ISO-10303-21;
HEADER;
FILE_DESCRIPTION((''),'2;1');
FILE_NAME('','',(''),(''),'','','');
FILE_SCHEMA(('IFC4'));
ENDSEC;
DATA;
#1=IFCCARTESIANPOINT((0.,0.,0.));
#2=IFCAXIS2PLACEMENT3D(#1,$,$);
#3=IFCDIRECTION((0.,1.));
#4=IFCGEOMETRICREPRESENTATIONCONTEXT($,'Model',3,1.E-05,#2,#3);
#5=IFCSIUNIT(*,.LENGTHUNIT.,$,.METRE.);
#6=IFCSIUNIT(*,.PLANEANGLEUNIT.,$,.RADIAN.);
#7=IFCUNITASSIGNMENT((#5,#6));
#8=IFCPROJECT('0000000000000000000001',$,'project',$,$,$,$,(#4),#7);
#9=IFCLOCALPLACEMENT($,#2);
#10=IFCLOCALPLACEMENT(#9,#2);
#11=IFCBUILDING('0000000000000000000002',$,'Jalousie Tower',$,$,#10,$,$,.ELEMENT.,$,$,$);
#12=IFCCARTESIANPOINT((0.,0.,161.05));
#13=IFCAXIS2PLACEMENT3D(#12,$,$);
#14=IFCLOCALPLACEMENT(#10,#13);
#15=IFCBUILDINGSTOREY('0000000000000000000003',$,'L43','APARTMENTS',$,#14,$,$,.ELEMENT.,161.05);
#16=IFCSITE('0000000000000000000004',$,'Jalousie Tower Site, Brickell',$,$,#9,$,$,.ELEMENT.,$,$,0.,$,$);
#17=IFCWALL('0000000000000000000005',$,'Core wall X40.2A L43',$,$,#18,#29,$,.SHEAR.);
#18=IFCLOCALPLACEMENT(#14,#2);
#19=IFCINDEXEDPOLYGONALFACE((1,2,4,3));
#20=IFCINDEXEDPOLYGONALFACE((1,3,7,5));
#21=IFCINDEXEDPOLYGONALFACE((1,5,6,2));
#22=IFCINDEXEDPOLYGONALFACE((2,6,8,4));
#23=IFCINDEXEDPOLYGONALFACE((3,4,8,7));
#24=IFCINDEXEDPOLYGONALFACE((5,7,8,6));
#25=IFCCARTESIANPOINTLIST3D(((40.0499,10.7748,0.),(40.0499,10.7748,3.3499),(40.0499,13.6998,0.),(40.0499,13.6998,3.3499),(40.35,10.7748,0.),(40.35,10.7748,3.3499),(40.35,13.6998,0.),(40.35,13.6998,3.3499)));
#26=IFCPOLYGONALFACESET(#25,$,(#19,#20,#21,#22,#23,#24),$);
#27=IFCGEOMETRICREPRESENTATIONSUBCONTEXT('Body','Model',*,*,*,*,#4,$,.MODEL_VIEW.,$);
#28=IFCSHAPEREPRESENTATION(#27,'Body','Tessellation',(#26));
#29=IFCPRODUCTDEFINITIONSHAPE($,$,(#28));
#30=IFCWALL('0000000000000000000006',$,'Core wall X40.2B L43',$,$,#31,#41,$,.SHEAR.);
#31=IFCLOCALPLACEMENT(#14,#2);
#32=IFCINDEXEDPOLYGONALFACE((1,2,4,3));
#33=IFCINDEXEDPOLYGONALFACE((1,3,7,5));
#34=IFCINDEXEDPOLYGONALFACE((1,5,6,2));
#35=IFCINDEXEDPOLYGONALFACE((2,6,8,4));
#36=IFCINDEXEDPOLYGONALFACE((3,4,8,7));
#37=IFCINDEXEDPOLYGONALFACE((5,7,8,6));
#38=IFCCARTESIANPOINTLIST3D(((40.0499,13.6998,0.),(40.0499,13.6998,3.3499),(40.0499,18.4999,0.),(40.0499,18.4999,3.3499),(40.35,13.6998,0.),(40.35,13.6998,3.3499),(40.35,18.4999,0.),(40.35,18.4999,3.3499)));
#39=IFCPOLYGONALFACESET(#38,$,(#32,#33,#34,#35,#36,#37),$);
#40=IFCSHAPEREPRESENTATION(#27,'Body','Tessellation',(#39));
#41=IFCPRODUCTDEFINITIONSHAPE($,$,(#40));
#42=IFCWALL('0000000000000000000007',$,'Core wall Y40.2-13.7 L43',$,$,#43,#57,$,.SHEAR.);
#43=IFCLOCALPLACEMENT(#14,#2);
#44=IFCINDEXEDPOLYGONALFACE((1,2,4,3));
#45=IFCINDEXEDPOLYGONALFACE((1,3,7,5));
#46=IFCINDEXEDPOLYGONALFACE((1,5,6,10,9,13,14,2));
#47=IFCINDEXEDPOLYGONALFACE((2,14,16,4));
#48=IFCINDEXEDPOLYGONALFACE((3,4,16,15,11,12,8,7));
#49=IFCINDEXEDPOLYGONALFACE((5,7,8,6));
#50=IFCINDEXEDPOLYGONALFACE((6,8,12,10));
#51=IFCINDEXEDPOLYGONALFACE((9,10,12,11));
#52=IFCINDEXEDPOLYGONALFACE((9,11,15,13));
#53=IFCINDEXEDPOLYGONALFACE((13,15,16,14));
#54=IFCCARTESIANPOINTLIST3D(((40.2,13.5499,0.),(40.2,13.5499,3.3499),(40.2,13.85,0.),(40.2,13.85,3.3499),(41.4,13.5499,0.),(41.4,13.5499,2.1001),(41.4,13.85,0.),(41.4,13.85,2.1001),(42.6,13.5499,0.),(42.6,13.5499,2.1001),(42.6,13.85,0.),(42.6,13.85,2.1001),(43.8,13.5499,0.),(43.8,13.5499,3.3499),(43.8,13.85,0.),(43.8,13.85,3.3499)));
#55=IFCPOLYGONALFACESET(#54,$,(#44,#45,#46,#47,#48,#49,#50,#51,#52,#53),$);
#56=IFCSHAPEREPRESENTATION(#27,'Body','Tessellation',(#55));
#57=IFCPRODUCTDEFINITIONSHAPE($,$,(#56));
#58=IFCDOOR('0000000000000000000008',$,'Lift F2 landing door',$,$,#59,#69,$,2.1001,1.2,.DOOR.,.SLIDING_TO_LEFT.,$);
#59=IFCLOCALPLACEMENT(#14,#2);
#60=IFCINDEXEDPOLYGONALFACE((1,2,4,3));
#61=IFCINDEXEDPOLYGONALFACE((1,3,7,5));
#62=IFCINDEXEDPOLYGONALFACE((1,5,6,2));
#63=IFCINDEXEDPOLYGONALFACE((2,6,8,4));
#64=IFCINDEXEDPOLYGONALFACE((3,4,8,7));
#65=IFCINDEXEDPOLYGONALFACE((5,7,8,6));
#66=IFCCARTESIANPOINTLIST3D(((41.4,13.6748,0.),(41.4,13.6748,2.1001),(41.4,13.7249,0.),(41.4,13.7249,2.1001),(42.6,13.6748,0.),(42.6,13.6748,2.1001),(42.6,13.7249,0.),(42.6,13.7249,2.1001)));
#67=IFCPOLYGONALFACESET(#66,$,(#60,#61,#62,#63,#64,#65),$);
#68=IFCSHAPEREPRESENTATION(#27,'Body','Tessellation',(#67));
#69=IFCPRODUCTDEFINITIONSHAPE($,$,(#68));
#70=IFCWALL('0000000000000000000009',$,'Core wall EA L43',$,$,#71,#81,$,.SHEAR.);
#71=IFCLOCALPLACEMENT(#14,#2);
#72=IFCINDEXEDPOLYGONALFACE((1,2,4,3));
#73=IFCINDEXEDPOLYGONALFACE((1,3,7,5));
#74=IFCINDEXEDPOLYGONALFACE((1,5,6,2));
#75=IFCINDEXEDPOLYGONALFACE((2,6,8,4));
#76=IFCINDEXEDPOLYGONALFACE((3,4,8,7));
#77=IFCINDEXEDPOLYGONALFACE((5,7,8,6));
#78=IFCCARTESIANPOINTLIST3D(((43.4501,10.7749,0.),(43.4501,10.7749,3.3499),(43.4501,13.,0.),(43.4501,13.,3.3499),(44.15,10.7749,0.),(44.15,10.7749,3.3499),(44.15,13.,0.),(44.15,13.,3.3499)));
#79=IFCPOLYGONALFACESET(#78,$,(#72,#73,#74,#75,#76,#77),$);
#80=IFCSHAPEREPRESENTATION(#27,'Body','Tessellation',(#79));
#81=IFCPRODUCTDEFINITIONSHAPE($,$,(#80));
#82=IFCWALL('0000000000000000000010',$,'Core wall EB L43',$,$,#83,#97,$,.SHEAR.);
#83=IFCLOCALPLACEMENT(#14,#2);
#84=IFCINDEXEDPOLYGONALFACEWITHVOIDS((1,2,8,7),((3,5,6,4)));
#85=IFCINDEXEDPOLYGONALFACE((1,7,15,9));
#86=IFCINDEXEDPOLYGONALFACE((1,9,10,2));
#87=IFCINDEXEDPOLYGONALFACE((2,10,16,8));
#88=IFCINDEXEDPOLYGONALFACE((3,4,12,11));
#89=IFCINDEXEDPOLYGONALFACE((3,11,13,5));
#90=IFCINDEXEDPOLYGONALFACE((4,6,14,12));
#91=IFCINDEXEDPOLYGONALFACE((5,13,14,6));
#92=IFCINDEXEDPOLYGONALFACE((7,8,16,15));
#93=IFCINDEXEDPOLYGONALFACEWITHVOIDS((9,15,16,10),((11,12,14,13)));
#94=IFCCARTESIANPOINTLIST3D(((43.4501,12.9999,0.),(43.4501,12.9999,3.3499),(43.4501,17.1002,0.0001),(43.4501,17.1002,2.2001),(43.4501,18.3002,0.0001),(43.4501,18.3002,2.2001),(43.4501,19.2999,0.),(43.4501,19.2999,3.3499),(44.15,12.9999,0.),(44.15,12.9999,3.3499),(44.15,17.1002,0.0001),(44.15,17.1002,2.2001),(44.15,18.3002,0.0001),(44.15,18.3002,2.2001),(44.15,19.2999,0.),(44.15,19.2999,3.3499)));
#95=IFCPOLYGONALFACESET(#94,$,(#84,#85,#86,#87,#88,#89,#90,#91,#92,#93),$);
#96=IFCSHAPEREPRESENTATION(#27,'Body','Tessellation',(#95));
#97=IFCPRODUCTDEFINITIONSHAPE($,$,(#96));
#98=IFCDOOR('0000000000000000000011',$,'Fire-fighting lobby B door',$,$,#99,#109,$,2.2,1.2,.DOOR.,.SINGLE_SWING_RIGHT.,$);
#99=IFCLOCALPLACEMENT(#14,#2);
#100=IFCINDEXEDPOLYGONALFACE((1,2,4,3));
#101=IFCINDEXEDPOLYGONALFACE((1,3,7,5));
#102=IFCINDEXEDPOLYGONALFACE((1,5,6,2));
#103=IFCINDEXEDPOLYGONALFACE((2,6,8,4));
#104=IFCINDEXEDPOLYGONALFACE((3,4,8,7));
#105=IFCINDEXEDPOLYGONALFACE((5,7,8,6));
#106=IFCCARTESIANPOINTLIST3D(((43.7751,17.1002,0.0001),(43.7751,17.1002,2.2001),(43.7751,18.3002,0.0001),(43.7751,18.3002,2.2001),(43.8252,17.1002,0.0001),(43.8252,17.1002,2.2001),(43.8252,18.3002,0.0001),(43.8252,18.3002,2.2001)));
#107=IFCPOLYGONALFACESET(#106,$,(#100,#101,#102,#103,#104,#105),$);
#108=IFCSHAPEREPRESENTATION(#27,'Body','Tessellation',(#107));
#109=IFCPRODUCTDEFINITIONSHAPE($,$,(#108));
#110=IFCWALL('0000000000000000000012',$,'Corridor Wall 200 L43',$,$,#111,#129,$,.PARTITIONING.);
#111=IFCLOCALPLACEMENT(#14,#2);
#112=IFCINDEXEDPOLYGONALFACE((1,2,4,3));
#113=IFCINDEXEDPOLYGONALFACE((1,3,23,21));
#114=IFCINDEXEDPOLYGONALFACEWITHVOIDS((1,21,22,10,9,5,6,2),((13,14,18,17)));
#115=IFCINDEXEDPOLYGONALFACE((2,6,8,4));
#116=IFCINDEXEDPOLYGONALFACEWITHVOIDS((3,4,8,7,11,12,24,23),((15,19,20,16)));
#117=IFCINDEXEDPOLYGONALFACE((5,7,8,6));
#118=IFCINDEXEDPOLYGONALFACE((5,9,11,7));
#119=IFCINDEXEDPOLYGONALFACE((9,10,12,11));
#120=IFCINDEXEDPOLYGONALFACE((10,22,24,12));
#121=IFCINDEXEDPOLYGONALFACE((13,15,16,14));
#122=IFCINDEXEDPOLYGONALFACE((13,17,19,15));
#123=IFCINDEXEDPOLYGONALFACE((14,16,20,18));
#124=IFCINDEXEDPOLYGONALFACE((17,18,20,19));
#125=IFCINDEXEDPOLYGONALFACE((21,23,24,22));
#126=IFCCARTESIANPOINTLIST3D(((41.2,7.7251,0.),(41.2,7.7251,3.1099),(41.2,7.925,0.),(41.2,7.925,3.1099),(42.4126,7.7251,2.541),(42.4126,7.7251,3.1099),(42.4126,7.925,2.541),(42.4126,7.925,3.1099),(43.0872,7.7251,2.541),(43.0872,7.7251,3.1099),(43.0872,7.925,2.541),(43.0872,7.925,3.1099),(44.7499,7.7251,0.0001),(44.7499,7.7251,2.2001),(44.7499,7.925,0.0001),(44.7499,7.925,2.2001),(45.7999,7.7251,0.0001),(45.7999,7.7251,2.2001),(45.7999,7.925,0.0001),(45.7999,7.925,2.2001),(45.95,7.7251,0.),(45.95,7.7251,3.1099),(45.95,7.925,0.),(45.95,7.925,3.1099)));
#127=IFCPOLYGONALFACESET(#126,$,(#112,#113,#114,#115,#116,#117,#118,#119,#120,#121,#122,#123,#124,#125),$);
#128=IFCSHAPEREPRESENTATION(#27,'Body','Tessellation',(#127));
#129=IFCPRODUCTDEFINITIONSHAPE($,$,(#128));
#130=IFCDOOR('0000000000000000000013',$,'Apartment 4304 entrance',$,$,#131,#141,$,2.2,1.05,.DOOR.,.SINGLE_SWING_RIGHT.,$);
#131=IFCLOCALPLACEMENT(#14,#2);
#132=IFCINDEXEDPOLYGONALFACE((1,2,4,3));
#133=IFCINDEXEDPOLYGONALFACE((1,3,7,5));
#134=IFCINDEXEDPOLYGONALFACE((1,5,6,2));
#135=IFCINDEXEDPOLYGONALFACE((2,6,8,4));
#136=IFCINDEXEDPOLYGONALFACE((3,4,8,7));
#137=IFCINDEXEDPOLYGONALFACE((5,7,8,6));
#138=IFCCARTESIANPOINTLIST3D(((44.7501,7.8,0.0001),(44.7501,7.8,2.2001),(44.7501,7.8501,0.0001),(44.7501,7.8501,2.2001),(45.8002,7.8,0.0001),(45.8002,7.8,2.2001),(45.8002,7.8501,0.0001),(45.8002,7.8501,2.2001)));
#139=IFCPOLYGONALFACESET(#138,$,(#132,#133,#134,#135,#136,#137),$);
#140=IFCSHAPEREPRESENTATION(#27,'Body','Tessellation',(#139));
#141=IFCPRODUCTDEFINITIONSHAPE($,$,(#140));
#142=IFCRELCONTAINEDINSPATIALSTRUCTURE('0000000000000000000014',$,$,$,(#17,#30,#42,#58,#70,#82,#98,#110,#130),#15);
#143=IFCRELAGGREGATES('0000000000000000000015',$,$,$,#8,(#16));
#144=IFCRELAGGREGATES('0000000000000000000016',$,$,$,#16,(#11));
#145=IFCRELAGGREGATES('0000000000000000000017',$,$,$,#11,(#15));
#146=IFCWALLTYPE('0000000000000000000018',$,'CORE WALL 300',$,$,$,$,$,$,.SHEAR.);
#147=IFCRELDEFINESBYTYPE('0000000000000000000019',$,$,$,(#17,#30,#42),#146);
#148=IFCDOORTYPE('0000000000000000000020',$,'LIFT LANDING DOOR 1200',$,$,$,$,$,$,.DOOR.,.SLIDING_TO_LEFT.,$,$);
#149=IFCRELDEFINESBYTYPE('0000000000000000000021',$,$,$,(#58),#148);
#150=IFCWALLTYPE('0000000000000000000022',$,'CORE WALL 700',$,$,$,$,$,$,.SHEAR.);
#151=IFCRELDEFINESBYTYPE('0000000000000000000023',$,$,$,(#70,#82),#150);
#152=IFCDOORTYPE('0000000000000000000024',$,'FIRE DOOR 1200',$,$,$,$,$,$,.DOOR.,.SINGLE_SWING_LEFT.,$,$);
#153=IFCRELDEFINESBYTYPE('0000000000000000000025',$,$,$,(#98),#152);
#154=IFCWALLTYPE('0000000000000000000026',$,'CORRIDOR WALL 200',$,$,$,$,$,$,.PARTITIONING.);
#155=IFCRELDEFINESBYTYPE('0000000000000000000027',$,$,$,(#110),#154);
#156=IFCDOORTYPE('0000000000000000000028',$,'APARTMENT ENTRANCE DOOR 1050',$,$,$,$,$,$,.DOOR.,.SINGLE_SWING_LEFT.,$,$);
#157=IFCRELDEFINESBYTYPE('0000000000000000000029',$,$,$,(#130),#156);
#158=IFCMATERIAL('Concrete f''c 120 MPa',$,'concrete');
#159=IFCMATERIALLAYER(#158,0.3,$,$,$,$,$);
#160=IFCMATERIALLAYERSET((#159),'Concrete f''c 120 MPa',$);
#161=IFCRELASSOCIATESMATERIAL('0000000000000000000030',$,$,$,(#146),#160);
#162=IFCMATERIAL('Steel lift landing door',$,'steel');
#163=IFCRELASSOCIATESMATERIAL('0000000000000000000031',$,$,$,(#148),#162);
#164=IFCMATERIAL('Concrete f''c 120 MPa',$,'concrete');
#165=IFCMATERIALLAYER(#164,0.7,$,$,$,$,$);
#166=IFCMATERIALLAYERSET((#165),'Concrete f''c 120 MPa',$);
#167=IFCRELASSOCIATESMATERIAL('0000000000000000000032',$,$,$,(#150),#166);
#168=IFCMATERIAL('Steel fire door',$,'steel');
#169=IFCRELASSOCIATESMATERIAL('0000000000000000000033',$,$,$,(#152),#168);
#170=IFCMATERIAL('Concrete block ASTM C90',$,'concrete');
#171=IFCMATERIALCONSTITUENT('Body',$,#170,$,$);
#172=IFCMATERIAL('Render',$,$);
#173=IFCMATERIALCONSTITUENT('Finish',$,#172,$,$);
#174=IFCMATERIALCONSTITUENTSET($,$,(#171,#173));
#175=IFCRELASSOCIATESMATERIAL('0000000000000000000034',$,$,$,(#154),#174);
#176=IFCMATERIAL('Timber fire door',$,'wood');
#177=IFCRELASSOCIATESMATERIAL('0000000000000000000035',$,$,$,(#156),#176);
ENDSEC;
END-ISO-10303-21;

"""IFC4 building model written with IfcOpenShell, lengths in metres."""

from ifc_helpers import new_model, si_unit, direction, frame, frame_2d, origin, place, context, subcontext, project, spatial, polyline, rectangle, outline, extrude, material, layer, layer_set, constituent, constituent_set, type_object, element, fill, save


model = new_model("IFC4")

# Units and contexts
model_context = context("Model", 3, precision=1e-05, world=origin(), true_north=direction((0.0, 1.0)))
body_context = subcontext(model_context, "Body", "Model", "MODEL_VIEW")
ifc_project = project(units=[si_unit("LENGTHUNIT", "METRE"), si_unit("PLANEANGLEUNIT", "RADIAN")], contexts=[model_context])

# Site, building, storey
site_placement = place(None, origin())
site = spatial("IfcSite", under=ifc_project, at=site_placement, Name="Jalousie Tower Site, Brickell", CompositionType="ELEMENT", RefElevation=0.0)
building_placement = place(site_placement, origin())
building = spatial("IfcBuilding", under=site, at=building_placement, Name="Jalousie Tower", CompositionType="ELEMENT")
storey_placement = place(building_placement, frame((0.0, 0.0, 161.05)))
storey = spatial("IfcBuildingStorey", under=building, at=storey_placement, Name="L43", Description="APARTMENTS", CompositionType="ELEMENT", Elevation=161.05)

# Walls
ifc_material_1 = material(Name="Concrete f'c 120 MPa", Category="concrete")
ifc_layer_1 = layer(ifc_material_1, 0.3)
ifc_layer_set_1 = layer_set([ifc_layer_1], Name="Concrete f'c 120 MPa")
wall_type_1 = type_object("IfcWallType", Name="CORE WALL 300", PredefinedType="SHEAR", material=ifc_layer_set_1)
wall_1_placement = place(storey_placement, frame((40.2, 10.7749, 0.0), z_axis=(0.0, 0.0, 1.0), x_axis=(0.0, 1.0, 0.0)))
element("IfcWall", 1, at=wall_1_placement, inside=storey, type_object=wall_type_1, Name="Core wall X40.2A L43", PredefinedType="SHEAR", context=body_context, shape_type="SweptSolid", body=[
    extrude(rectangle(XDim=2.925, YDim=0.3, at=frame_2d((1.4624, 0.0))), origin(), (0.0, 0.0, 1.0), 3.3499),
])
wall_2_placement = place(storey_placement, frame((40.2, 13.7, 0.0), z_axis=(0.0, 0.0, 1.0), x_axis=(0.0, 1.0, 0.0)))
element("IfcWall", 2, at=wall_2_placement, inside=storey, type_object=wall_type_1, Name="Core wall X40.2B L43", PredefinedType="SHEAR", context=body_context, shape_type="SweptSolid", body=[
    extrude(rectangle(XDim=4.8, YDim=0.3, at=frame_2d((2.3999, 0.0))), origin(), (0.0, 0.0, 1.0), 3.3499),
])

# Wall, opening, door
wall_3_placement = place(storey_placement, frame((40.2, 13.7, 0.0), z_axis=(0.0, 0.0, 1.0), x_axis=(1.0, 0.0, 0.0)))
wall_3 = element("IfcWall", 3, at=wall_3_placement, inside=storey, type_object=wall_type_1, Name="Core wall Y40.2-13.7 L43", PredefinedType="SHEAR", context=body_context, shape_type="SweptSolid", body=[
    extrude(rectangle(XDim=3.6001, YDim=0.3, at=frame_2d((1.8, 0.0))), origin(), (0.0, 0.0, 1.0), 3.3499),
])
opening_1_placement = place(wall_3_placement, frame((1.2, 0.0, 0.0)))
opening_1 = element("IfcOpeningElement", 4, at=opening_1_placement, cuts=wall_3, PredefinedType="OPENING", context=body_context, shape_type="SweptSolid", body=[
    extrude(rectangle(XDim=1.2, YDim=2.1001, at=frame_2d((0.6001, 1.05))), frame((0.0, 0.1599, 0.0), z_axis=(0.0, -1.0, 0.0), x_axis=(1.0, 0.0, 0.0)), (0.0, 0.0, 1.0), 0.3201),
])
ifc_material_2 = material(Name="Steel lift landing door", Category="steel")
door_type_1 = type_object("IfcDoorType", Name="LIFT LANDING DOOR 1200", OperationType="SLIDING_TO_LEFT", PredefinedType="DOOR", material=ifc_material_2)
door_1_placement = place(opening_1_placement, origin())
door_1 = element("IfcDoor", 5, at=door_1_placement, inside=storey, type_object=door_type_1, Name="Lift F2 landing door", OperationType="SLIDING_TO_LEFT", OverallHeight=2.1001, OverallWidth=1.2, PredefinedType="DOOR", context=body_context, shape_type="SweptSolid", body=[
    extrude(rectangle(XDim=1.2, YDim=2.1001, at=frame_2d((0.6001, 1.05))), frame((0.0, 0.0249, 0.0), z_axis=(0.0, -1.0, 0.0), x_axis=(1.0, 0.0, 0.0)), (0.0, 0.0, 1.0), 0.05),
])
fill(opening_1, door_1)

# Wall
ifc_material_3 = material(Name="Concrete f'c 120 MPa", Category="concrete")
ifc_layer_2 = layer(ifc_material_3, 0.7)
ifc_layer_set_2 = layer_set([ifc_layer_2], Name="Concrete f'c 120 MPa")
wall_type_2 = type_object("IfcWallType", Name="CORE WALL 700", PredefinedType="SHEAR", material=ifc_layer_set_2)
wall_4_placement = place(storey_placement, frame((43.8, 10.7749, 0.0), z_axis=(0.0, 0.0, 1.0), x_axis=(0.0, 1.0, 0.0)))
element("IfcWall", 6, at=wall_4_placement, inside=storey, type_object=wall_type_2, Name="Core wall EA L43", PredefinedType="SHEAR", context=body_context, shape_type="SweptSolid", body=[
    extrude(rectangle(XDim=2.2251, YDim=0.7, at=frame_2d((1.1125, 0.0))), origin(), (0.0, 0.0, 1.0), 3.3499),
])

# Walls, openings, doors
wall_5_placement = place(storey_placement, frame((43.8, 13.0, 0.0), z_axis=(0.0, 0.0, 1.0), x_axis=(0.0, 1.0, 0.0)))
wall_5 = element("IfcWall", 7, at=wall_5_placement, inside=storey, type_object=wall_type_2, Name="Core wall EB L43", PredefinedType="SHEAR", context=body_context, shape_type="SweptSolid", body=[
    extrude(rectangle(XDim=6.3, YDim=0.7, at=frame_2d((3.1499, 0.0))), origin(), (0.0, 0.0, 1.0), 3.3499),
])
opening_2_placement = place(wall_5_placement, frame((4.1001, 0.0, 0.0)))
opening_2 = element("IfcOpeningElement", 8, at=opening_2_placement, cuts=wall_5, PredefinedType="OPENING", context=body_context, shape_type="SweptSolid", body=[
    extrude(rectangle(XDim=1.2, YDim=2.2, at=frame_2d((0.6001, 1.1001))), frame((0.0, 0.3599, 0.0), z_axis=(0.0, -1.0, 0.0), x_axis=(1.0, 0.0, 0.0)), (0.0, 0.0, 1.0), 0.72),
])
ifc_material_4 = material(Name="Steel fire door", Category="steel")
door_type_2 = type_object("IfcDoorType", Name="FIRE DOOR 1200", OperationType="SINGLE_SWING_LEFT", PredefinedType="DOOR", material=ifc_material_4)
door_2_placement = place(opening_2_placement, origin())
door_2 = element("IfcDoor", 9, at=door_2_placement, inside=storey, type_object=door_type_2, Name="Fire-fighting lobby B door", OperationType="SINGLE_SWING_RIGHT", OverallHeight=2.2, OverallWidth=1.2, PredefinedType="DOOR", context=body_context, shape_type="SweptSolid", body=[
    extrude(rectangle(XDim=1.2, YDim=2.2, at=frame_2d((0.6001, 1.1001))), frame((0.0, 0.0249, 0.0), z_axis=(0.0, -1.0, 0.0), x_axis=(1.0, 0.0, 0.0)), (0.0, 0.0, 1.0), 0.05),
])
fill(opening_2, door_2)
ifc_material_5 = material(Name="Concrete block ASTM C90", Category="concrete")
ifc_constituent_1 = constituent(ifc_material_5, Name="Body")
ifc_material_6 = material(Name="Render")
ifc_constituent_2 = constituent(ifc_material_6, Name="Finish")
ifc_constituent_set_1 = constituent_set(constituents=[ifc_constituent_1, ifc_constituent_2])
wall_type_3 = type_object("IfcWallType", Name="CORRIDOR WALL 200", PredefinedType="PARTITIONING", material=ifc_constituent_set_1)
wall_6_placement = place(storey_placement, frame((41.2, 7.825, 0.0), z_axis=(0.0, 0.0, 1.0), x_axis=(1.0, 0.0, 0.0)))
wall_6 = element("IfcWall", 10, at=wall_6_placement, inside=storey, type_object=wall_type_3, Name="Corridor Wall 200 L43", PredefinedType="PARTITIONING", context=body_context, shape_type="SweptSolid", body=[
    extrude(outline(polyline([(0.0, 0.0), (4.75, 0.0), (4.75, 3.1099), (1.8872, 3.1099), (1.8872, 2.541), (1.2126, 2.541), (1.2126, 3.1099), (0.0, 3.1099), (0.0, 0.0)])), frame((0.0, 0.1001, 0.0), z_axis=(0.0, -1.0, 0.0), x_axis=(1.0, 0.0, 0.0)), (0.0, 0.0, 1.0), 0.2),
])
opening_3_placement = place(wall_6_placement, frame((3.55, 0.0, 0.0)))
opening_3 = element("IfcOpeningElement", 11, at=opening_3_placement, cuts=wall_6, PredefinedType="OPENING", context=body_context, shape_type="SweptSolid", body=[
    extrude(rectangle(XDim=1.05, YDim=2.2, at=frame_2d((0.5249, 1.1001))), frame((0.0, 0.1099, 0.0), z_axis=(0.0, -1.0, 0.0), x_axis=(1.0, 0.0, 0.0)), (0.0, 0.0, 1.0), 0.22),
])
ifc_material_7 = material(Name="Timber fire door", Category="wood")
door_type_3 = type_object("IfcDoorType", Name="APARTMENT ENTRANCE DOOR 1050", OperationType="SINGLE_SWING_LEFT", PredefinedType="DOOR", material=ifc_material_7)
door_3_placement = place(opening_3_placement, frame((1.05, 0.0, 0.0), z_axis=(0.0, 0.0, 1.0), x_axis=(-1.0, 0.0, 0.0)))
door_3 = element("IfcDoor", 12, at=door_3_placement, inside=storey, type_object=door_type_3, Name="Apartment 4304 entrance", OperationType="SINGLE_SWING_RIGHT", OverallHeight=2.2, OverallWidth=1.05, PredefinedType="DOOR", context=body_context, shape_type="SweptSolid", body=[
    extrude(rectangle(XDim=1.05, YDim=2.2, at=frame_2d((0.5249, 1.1001))), frame((0.0, 0.0249, 0.0), z_axis=(0.0, -1.0, 0.0), x_axis=(1.0, 0.0, 0.0)), (0.0, 0.0, 1.0), 0.05),
])
fill(opening_3, door_3)

save(model, "model.ifc")
